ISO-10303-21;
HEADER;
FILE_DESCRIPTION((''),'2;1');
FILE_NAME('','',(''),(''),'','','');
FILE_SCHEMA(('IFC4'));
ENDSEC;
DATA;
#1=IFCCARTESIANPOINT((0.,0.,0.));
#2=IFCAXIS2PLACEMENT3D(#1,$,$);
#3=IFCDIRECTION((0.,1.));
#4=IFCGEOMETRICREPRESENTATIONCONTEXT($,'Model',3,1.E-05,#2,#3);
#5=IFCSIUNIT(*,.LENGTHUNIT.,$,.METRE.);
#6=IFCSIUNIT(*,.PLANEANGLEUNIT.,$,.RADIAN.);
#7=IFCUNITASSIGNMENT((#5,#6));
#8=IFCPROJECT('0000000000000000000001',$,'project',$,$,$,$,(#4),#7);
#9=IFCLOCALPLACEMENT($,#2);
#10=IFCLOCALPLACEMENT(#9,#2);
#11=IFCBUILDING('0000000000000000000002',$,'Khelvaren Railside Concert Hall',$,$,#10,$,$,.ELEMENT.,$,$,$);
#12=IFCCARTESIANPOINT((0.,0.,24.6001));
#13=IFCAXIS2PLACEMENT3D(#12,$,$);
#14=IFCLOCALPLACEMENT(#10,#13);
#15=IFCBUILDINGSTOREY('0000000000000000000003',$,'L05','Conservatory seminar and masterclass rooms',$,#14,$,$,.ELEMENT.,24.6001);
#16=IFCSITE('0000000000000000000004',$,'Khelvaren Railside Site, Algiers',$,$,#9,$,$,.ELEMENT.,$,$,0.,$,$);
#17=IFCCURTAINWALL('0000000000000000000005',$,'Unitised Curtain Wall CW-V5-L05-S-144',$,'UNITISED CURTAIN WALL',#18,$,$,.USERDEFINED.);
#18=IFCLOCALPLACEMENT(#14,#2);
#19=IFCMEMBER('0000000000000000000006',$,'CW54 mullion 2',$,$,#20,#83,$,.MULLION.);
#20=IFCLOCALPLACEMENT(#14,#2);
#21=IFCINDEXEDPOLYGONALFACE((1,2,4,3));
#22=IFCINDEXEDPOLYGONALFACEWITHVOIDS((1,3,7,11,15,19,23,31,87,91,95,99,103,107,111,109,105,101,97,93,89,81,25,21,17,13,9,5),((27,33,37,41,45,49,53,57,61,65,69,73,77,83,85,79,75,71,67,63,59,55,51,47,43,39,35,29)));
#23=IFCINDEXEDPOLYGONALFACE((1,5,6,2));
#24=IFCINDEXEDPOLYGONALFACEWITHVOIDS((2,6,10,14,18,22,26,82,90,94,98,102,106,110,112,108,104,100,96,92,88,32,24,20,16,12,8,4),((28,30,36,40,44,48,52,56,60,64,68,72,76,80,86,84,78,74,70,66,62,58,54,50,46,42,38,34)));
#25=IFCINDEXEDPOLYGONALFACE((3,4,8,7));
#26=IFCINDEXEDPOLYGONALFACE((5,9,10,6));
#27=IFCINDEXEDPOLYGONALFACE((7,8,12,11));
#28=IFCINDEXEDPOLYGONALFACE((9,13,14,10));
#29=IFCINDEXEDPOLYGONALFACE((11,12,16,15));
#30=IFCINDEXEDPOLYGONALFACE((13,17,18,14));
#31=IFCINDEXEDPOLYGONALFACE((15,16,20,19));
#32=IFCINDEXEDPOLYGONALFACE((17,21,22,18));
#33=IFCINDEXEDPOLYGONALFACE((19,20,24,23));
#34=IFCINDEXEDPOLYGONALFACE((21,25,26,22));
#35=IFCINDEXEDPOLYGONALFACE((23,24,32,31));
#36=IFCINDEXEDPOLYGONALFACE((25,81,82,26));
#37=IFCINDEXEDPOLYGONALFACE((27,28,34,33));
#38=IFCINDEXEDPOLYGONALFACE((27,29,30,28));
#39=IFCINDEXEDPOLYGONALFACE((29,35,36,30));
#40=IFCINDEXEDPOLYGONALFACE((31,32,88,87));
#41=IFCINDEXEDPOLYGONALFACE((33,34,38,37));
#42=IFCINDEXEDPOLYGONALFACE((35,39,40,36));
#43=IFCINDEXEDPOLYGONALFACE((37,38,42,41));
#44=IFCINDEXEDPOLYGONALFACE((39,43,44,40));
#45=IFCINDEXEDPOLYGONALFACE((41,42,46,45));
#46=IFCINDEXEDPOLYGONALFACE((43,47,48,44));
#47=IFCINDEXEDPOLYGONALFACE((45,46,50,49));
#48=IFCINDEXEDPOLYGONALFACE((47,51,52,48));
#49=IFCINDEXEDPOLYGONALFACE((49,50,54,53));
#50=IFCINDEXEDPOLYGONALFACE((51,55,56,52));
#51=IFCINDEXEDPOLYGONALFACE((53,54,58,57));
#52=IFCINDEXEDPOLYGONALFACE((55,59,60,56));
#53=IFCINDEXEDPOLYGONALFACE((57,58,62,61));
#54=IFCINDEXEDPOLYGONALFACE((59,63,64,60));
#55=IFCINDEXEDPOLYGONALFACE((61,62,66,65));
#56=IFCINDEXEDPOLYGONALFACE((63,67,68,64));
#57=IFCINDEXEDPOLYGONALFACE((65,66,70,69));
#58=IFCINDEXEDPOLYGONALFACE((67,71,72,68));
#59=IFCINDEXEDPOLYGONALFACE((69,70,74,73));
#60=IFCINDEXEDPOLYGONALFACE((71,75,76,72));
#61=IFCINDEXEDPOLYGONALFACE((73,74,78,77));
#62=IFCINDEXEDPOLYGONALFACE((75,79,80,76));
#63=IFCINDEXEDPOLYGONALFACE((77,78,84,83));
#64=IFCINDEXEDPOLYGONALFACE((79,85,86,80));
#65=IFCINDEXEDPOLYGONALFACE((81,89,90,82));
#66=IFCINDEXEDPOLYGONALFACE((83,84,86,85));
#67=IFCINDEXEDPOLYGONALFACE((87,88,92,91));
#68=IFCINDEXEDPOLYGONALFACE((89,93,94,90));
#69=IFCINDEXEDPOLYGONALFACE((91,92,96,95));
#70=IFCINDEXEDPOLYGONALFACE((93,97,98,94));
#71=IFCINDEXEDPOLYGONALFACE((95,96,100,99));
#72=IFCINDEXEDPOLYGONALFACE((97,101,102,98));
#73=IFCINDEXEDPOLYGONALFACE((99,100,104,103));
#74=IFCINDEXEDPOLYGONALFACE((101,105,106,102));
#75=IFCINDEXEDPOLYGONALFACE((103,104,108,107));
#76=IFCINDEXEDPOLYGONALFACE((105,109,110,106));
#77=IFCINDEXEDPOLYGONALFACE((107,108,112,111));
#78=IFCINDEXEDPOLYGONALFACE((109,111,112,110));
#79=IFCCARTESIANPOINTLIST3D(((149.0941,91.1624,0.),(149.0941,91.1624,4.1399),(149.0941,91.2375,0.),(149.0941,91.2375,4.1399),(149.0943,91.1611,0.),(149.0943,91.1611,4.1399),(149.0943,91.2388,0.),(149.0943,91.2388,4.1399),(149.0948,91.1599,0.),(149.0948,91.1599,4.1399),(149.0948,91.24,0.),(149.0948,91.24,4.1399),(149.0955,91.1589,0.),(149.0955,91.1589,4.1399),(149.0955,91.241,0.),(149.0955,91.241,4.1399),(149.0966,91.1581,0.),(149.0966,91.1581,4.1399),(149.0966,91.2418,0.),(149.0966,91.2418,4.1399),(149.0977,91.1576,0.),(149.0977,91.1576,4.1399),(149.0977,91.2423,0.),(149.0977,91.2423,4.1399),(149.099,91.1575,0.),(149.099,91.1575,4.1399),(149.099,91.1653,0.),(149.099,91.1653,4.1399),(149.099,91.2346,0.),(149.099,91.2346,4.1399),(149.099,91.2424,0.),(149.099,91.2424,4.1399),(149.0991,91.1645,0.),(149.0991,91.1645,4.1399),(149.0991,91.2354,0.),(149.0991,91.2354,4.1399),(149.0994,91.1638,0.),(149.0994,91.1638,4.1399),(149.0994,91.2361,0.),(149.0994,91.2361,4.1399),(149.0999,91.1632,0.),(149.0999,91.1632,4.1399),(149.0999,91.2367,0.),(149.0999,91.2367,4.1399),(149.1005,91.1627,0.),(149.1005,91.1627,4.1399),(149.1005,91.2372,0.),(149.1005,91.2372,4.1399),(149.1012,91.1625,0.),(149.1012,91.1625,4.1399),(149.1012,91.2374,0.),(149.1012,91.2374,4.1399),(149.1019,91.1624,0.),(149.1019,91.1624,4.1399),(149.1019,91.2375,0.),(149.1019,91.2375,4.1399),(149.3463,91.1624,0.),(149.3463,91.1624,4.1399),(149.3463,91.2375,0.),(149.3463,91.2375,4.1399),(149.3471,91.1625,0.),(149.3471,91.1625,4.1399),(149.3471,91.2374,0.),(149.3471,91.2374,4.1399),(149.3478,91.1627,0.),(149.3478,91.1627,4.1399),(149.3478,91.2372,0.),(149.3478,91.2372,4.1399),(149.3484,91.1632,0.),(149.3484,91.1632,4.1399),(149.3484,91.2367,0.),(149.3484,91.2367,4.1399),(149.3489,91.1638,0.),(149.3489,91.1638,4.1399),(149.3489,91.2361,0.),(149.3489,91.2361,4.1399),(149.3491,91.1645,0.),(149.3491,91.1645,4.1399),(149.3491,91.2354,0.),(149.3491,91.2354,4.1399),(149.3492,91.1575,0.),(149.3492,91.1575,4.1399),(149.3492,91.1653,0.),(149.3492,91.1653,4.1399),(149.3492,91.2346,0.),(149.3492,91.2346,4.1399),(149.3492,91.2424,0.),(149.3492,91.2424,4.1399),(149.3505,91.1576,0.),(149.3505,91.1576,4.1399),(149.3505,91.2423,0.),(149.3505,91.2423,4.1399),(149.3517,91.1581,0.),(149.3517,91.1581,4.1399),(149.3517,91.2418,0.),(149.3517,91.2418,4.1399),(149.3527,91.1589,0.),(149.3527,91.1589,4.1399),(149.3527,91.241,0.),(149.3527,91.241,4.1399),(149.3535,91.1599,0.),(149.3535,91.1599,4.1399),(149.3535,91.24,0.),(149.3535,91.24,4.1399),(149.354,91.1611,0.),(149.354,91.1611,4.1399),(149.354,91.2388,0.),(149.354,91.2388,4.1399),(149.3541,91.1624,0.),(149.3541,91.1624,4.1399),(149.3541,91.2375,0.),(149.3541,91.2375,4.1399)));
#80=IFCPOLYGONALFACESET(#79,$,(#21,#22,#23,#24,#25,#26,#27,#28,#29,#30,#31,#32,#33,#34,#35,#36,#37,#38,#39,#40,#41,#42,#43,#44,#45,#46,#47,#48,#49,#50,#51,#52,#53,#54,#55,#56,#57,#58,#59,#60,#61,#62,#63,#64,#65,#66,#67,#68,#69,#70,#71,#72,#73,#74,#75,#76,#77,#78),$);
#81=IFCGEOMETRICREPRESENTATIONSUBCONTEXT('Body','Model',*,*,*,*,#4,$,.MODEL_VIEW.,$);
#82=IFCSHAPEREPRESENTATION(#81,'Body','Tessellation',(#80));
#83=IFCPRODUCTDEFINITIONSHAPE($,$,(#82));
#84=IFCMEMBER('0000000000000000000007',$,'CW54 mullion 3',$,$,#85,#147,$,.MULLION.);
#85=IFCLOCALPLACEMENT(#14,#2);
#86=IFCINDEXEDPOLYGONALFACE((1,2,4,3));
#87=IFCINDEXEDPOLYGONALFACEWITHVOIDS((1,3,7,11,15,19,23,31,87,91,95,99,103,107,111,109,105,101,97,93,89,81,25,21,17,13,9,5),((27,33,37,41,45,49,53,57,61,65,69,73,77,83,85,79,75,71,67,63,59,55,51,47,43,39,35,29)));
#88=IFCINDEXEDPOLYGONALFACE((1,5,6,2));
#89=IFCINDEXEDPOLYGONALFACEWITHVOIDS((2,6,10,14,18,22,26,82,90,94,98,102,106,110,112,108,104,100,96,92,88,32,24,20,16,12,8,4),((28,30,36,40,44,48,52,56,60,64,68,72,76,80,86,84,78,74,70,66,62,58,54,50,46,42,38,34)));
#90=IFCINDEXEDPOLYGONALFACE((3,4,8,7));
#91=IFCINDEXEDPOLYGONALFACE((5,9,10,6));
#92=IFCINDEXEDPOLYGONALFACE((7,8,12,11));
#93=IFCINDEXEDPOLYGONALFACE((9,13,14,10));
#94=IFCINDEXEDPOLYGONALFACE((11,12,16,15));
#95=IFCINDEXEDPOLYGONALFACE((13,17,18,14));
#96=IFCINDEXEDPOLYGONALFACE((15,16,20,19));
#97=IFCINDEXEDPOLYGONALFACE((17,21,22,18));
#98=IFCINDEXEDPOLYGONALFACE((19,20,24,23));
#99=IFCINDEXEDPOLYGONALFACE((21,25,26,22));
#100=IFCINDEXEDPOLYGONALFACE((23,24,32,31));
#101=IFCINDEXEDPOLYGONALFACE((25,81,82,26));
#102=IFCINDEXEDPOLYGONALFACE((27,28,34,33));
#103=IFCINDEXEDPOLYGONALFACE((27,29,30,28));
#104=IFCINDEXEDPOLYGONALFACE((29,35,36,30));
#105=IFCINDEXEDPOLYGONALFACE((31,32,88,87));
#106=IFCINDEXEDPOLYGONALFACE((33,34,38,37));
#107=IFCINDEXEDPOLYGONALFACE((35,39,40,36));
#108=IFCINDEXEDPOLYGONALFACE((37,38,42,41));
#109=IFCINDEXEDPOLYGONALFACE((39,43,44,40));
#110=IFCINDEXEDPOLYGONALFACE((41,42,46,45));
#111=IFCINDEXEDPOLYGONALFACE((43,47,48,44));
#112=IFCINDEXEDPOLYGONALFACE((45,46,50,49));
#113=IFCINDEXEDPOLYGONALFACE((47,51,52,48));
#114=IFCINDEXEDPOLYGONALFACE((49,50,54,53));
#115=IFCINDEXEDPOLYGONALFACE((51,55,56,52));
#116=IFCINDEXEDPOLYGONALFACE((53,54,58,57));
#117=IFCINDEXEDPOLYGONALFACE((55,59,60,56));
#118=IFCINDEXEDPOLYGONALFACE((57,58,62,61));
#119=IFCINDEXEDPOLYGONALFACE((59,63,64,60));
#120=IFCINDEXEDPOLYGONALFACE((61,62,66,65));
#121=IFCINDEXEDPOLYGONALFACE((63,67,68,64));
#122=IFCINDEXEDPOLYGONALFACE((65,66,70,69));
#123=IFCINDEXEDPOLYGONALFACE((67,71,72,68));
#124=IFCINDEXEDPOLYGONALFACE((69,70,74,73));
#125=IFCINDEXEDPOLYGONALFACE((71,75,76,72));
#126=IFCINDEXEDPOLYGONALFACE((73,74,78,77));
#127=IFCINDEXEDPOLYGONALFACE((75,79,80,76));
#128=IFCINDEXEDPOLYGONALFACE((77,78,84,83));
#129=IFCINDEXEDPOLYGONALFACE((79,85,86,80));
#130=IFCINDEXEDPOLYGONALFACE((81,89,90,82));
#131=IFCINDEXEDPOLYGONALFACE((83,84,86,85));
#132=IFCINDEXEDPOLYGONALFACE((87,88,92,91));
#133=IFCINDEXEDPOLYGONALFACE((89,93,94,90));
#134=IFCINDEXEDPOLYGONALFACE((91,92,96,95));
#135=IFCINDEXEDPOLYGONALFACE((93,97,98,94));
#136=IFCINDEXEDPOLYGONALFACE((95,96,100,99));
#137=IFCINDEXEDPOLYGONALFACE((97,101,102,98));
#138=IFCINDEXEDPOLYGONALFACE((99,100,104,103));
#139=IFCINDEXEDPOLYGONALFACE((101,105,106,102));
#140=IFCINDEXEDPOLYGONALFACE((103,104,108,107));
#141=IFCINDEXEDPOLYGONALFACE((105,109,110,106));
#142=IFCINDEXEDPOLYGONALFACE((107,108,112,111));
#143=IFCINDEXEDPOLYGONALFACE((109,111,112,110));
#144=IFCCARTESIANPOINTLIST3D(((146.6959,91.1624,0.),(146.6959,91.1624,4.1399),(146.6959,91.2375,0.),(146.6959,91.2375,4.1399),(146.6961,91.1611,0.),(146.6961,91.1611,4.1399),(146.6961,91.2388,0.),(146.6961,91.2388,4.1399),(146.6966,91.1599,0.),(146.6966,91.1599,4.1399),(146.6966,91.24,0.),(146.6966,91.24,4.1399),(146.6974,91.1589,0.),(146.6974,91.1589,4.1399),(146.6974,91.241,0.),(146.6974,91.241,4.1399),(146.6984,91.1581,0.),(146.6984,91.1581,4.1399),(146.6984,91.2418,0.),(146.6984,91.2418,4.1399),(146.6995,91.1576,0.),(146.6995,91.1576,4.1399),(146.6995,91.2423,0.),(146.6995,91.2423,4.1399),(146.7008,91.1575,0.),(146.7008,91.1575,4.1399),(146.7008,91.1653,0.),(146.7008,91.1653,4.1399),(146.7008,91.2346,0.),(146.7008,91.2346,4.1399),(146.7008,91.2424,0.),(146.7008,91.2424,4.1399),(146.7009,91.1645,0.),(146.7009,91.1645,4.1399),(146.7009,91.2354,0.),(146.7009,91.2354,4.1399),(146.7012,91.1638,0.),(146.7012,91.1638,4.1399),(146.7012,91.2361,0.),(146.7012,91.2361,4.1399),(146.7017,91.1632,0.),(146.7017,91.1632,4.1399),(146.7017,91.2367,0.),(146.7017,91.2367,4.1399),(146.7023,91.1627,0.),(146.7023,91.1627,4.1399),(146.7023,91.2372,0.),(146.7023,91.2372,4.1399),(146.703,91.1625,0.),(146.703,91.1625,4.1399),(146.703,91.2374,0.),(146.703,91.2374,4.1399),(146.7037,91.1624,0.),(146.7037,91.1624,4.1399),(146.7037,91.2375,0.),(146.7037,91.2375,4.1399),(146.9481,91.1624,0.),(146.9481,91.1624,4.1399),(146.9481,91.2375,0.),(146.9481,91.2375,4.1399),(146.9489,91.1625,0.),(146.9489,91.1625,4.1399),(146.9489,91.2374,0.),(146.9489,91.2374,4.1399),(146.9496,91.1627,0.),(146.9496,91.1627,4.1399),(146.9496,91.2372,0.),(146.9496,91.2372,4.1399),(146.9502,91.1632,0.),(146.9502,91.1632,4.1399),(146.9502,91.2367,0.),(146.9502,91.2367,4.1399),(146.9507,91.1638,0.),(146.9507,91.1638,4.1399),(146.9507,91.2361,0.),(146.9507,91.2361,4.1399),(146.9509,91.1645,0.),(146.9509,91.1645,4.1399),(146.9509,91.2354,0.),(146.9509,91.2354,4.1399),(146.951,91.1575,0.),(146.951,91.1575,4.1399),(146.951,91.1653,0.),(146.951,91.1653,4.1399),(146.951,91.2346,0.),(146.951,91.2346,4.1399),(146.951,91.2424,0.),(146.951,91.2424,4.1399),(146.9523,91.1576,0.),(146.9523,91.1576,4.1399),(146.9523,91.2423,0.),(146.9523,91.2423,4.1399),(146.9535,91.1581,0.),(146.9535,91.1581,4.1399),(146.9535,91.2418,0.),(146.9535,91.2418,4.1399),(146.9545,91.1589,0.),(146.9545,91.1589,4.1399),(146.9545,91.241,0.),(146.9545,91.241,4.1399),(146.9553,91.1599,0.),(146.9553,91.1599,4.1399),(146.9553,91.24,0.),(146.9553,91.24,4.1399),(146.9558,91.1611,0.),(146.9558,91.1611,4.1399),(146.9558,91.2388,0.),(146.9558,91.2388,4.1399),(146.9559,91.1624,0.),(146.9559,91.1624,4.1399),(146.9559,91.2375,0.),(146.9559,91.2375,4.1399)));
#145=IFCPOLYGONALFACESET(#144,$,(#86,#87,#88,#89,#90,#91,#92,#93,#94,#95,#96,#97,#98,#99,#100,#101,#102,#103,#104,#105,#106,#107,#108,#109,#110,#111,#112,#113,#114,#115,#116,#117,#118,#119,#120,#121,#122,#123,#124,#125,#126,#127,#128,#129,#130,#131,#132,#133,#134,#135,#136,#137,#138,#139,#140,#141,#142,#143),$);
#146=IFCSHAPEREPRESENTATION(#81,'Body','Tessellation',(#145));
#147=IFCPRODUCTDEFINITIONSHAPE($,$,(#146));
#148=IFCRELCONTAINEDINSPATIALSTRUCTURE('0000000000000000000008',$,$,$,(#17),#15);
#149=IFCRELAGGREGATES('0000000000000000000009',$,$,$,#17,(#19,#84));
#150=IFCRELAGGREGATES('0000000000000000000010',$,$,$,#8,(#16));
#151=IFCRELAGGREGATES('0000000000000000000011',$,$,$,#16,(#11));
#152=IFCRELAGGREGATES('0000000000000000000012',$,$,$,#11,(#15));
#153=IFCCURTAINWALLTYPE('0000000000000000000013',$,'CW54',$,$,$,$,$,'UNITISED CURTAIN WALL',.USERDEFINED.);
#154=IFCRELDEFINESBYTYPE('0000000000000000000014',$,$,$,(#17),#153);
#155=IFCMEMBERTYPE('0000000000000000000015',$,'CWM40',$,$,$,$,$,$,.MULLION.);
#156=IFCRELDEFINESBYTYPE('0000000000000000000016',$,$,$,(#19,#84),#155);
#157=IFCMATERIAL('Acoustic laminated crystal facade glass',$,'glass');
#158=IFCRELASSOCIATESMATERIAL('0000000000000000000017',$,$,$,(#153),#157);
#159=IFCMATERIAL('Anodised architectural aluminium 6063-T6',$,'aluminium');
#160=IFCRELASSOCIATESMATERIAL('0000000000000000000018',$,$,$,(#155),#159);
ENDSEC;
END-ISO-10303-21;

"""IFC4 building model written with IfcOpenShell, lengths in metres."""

from ifc_helpers import new_model, si_unit, direction, frame, origin, origin_2d, place, context, subcontext, project, spatial, hollow_rectangle, extrude, material, material_profile, profile_set, type_object, element, aggregate, save


model = new_model("IFC4")

# Units and contexts
model_context = context("Model", 3, precision=1e-05, world=origin(), true_north=direction((0.0, 1.0)))
body_context = subcontext(model_context, "Body", "Model", "MODEL_VIEW")
ifc_project = project(units=[si_unit("LENGTHUNIT", "METRE"), si_unit("PLANEANGLEUNIT", "RADIAN")], contexts=[model_context])

# Site, building, storey
site_placement = place(None, origin())
site = spatial("IfcSite", under=ifc_project, at=site_placement, Name="Khelvaren Railside Site, Algiers", CompositionType="ELEMENT", RefElevation=0.0)
building_placement = place(site_placement, origin())
building = spatial("IfcBuilding", under=site, at=building_placement, Name="Khelvaren Railside Concert Hall", CompositionType="ELEMENT")
storey_placement = place(building_placement, frame((0.0, 0.0, 24.6001)))
storey = spatial("IfcBuildingStorey", under=building, at=storey_placement, Name="L05", Description="Conservatory seminar and masterclass rooms", CompositionType="ELEMENT", Elevation=24.6001)

# Curtain wall, members
ifc_material_1 = material(Name="Acoustic laminated crystal facade glass", Category="glass")
curtain_wall_type = type_object("IfcCurtainWallType", Name="CW54", ElementType="UNITISED CURTAIN WALL", PredefinedType="USERDEFINED", material=ifc_material_1)
curtain_wall_placement = place(storey_placement, origin())
curtain_wall = element("IfcCurtainWall", 1, at=curtain_wall_placement, inside=storey, type_object=curtain_wall_type, Name="Unitised Curtain Wall CW-V5-L05-S-144", ObjectType="UNITISED CURTAIN WALL", PredefinedType="USERDEFINED")
ifc_material_2 = material(Name="Anodised architectural aluminium 6063-T6", Category="aluminium")
ifc_material_profile_1 = material_profile(ifc_material_2, hollow_rectangle(XDim=0.085, YDim=0.26, WallThickness=0.0049, InnerFilletRadius=0.0029, OuterFilletRadius=0.0049, at=origin_2d()), Name="CWM 85x260x5")
ifc_profile_set_1 = profile_set([ifc_material_profile_1], Name="Anodised architectural aluminium 6063-T6")
member_type_1 = type_object("IfcMemberType", Name="CWM40", PredefinedType="MULLION", material=ifc_profile_set_1)
member_1_placement = place(storey_placement, frame((149.2241, 91.2, 0.0), z_axis=(0.0, 0.0, 1.0), x_axis=(0.0, -1.0, 0.0)))
member_1 = element("IfcMember", 2, at=member_1_placement, type_object=member_type_1, Name="CW54 mullion 2", PredefinedType="MULLION", context=body_context, shape_type="SweptSolid", body=[
    extrude(hollow_rectangle(XDim=0.085, YDim=0.26, WallThickness=0.0049, InnerFilletRadius=0.0029, OuterFilletRadius=0.0049, at=origin_2d()), origin(), (0.0, 0.0, 1.0), 4.1399),
])
member_2_placement = place(storey_placement, frame((146.8259, 91.2, 0.0), z_axis=(0.0, 0.0, 1.0), x_axis=(0.0, -1.0, 0.0)))
member_2 = element("IfcMember", 3, at=member_2_placement, type_object=member_type_1, Name="CW54 mullion 3", PredefinedType="MULLION", context=body_context, shape_type="SweptSolid", body=[
    extrude(hollow_rectangle(XDim=0.085, YDim=0.26, WallThickness=0.0049, InnerFilletRadius=0.0029, OuterFilletRadius=0.0049, at=origin_2d()), origin(), (0.0, 0.0, 1.0), 4.1399),
])
aggregate(curtain_wall, [member_1, member_2])

save(model, "model.ifc")
